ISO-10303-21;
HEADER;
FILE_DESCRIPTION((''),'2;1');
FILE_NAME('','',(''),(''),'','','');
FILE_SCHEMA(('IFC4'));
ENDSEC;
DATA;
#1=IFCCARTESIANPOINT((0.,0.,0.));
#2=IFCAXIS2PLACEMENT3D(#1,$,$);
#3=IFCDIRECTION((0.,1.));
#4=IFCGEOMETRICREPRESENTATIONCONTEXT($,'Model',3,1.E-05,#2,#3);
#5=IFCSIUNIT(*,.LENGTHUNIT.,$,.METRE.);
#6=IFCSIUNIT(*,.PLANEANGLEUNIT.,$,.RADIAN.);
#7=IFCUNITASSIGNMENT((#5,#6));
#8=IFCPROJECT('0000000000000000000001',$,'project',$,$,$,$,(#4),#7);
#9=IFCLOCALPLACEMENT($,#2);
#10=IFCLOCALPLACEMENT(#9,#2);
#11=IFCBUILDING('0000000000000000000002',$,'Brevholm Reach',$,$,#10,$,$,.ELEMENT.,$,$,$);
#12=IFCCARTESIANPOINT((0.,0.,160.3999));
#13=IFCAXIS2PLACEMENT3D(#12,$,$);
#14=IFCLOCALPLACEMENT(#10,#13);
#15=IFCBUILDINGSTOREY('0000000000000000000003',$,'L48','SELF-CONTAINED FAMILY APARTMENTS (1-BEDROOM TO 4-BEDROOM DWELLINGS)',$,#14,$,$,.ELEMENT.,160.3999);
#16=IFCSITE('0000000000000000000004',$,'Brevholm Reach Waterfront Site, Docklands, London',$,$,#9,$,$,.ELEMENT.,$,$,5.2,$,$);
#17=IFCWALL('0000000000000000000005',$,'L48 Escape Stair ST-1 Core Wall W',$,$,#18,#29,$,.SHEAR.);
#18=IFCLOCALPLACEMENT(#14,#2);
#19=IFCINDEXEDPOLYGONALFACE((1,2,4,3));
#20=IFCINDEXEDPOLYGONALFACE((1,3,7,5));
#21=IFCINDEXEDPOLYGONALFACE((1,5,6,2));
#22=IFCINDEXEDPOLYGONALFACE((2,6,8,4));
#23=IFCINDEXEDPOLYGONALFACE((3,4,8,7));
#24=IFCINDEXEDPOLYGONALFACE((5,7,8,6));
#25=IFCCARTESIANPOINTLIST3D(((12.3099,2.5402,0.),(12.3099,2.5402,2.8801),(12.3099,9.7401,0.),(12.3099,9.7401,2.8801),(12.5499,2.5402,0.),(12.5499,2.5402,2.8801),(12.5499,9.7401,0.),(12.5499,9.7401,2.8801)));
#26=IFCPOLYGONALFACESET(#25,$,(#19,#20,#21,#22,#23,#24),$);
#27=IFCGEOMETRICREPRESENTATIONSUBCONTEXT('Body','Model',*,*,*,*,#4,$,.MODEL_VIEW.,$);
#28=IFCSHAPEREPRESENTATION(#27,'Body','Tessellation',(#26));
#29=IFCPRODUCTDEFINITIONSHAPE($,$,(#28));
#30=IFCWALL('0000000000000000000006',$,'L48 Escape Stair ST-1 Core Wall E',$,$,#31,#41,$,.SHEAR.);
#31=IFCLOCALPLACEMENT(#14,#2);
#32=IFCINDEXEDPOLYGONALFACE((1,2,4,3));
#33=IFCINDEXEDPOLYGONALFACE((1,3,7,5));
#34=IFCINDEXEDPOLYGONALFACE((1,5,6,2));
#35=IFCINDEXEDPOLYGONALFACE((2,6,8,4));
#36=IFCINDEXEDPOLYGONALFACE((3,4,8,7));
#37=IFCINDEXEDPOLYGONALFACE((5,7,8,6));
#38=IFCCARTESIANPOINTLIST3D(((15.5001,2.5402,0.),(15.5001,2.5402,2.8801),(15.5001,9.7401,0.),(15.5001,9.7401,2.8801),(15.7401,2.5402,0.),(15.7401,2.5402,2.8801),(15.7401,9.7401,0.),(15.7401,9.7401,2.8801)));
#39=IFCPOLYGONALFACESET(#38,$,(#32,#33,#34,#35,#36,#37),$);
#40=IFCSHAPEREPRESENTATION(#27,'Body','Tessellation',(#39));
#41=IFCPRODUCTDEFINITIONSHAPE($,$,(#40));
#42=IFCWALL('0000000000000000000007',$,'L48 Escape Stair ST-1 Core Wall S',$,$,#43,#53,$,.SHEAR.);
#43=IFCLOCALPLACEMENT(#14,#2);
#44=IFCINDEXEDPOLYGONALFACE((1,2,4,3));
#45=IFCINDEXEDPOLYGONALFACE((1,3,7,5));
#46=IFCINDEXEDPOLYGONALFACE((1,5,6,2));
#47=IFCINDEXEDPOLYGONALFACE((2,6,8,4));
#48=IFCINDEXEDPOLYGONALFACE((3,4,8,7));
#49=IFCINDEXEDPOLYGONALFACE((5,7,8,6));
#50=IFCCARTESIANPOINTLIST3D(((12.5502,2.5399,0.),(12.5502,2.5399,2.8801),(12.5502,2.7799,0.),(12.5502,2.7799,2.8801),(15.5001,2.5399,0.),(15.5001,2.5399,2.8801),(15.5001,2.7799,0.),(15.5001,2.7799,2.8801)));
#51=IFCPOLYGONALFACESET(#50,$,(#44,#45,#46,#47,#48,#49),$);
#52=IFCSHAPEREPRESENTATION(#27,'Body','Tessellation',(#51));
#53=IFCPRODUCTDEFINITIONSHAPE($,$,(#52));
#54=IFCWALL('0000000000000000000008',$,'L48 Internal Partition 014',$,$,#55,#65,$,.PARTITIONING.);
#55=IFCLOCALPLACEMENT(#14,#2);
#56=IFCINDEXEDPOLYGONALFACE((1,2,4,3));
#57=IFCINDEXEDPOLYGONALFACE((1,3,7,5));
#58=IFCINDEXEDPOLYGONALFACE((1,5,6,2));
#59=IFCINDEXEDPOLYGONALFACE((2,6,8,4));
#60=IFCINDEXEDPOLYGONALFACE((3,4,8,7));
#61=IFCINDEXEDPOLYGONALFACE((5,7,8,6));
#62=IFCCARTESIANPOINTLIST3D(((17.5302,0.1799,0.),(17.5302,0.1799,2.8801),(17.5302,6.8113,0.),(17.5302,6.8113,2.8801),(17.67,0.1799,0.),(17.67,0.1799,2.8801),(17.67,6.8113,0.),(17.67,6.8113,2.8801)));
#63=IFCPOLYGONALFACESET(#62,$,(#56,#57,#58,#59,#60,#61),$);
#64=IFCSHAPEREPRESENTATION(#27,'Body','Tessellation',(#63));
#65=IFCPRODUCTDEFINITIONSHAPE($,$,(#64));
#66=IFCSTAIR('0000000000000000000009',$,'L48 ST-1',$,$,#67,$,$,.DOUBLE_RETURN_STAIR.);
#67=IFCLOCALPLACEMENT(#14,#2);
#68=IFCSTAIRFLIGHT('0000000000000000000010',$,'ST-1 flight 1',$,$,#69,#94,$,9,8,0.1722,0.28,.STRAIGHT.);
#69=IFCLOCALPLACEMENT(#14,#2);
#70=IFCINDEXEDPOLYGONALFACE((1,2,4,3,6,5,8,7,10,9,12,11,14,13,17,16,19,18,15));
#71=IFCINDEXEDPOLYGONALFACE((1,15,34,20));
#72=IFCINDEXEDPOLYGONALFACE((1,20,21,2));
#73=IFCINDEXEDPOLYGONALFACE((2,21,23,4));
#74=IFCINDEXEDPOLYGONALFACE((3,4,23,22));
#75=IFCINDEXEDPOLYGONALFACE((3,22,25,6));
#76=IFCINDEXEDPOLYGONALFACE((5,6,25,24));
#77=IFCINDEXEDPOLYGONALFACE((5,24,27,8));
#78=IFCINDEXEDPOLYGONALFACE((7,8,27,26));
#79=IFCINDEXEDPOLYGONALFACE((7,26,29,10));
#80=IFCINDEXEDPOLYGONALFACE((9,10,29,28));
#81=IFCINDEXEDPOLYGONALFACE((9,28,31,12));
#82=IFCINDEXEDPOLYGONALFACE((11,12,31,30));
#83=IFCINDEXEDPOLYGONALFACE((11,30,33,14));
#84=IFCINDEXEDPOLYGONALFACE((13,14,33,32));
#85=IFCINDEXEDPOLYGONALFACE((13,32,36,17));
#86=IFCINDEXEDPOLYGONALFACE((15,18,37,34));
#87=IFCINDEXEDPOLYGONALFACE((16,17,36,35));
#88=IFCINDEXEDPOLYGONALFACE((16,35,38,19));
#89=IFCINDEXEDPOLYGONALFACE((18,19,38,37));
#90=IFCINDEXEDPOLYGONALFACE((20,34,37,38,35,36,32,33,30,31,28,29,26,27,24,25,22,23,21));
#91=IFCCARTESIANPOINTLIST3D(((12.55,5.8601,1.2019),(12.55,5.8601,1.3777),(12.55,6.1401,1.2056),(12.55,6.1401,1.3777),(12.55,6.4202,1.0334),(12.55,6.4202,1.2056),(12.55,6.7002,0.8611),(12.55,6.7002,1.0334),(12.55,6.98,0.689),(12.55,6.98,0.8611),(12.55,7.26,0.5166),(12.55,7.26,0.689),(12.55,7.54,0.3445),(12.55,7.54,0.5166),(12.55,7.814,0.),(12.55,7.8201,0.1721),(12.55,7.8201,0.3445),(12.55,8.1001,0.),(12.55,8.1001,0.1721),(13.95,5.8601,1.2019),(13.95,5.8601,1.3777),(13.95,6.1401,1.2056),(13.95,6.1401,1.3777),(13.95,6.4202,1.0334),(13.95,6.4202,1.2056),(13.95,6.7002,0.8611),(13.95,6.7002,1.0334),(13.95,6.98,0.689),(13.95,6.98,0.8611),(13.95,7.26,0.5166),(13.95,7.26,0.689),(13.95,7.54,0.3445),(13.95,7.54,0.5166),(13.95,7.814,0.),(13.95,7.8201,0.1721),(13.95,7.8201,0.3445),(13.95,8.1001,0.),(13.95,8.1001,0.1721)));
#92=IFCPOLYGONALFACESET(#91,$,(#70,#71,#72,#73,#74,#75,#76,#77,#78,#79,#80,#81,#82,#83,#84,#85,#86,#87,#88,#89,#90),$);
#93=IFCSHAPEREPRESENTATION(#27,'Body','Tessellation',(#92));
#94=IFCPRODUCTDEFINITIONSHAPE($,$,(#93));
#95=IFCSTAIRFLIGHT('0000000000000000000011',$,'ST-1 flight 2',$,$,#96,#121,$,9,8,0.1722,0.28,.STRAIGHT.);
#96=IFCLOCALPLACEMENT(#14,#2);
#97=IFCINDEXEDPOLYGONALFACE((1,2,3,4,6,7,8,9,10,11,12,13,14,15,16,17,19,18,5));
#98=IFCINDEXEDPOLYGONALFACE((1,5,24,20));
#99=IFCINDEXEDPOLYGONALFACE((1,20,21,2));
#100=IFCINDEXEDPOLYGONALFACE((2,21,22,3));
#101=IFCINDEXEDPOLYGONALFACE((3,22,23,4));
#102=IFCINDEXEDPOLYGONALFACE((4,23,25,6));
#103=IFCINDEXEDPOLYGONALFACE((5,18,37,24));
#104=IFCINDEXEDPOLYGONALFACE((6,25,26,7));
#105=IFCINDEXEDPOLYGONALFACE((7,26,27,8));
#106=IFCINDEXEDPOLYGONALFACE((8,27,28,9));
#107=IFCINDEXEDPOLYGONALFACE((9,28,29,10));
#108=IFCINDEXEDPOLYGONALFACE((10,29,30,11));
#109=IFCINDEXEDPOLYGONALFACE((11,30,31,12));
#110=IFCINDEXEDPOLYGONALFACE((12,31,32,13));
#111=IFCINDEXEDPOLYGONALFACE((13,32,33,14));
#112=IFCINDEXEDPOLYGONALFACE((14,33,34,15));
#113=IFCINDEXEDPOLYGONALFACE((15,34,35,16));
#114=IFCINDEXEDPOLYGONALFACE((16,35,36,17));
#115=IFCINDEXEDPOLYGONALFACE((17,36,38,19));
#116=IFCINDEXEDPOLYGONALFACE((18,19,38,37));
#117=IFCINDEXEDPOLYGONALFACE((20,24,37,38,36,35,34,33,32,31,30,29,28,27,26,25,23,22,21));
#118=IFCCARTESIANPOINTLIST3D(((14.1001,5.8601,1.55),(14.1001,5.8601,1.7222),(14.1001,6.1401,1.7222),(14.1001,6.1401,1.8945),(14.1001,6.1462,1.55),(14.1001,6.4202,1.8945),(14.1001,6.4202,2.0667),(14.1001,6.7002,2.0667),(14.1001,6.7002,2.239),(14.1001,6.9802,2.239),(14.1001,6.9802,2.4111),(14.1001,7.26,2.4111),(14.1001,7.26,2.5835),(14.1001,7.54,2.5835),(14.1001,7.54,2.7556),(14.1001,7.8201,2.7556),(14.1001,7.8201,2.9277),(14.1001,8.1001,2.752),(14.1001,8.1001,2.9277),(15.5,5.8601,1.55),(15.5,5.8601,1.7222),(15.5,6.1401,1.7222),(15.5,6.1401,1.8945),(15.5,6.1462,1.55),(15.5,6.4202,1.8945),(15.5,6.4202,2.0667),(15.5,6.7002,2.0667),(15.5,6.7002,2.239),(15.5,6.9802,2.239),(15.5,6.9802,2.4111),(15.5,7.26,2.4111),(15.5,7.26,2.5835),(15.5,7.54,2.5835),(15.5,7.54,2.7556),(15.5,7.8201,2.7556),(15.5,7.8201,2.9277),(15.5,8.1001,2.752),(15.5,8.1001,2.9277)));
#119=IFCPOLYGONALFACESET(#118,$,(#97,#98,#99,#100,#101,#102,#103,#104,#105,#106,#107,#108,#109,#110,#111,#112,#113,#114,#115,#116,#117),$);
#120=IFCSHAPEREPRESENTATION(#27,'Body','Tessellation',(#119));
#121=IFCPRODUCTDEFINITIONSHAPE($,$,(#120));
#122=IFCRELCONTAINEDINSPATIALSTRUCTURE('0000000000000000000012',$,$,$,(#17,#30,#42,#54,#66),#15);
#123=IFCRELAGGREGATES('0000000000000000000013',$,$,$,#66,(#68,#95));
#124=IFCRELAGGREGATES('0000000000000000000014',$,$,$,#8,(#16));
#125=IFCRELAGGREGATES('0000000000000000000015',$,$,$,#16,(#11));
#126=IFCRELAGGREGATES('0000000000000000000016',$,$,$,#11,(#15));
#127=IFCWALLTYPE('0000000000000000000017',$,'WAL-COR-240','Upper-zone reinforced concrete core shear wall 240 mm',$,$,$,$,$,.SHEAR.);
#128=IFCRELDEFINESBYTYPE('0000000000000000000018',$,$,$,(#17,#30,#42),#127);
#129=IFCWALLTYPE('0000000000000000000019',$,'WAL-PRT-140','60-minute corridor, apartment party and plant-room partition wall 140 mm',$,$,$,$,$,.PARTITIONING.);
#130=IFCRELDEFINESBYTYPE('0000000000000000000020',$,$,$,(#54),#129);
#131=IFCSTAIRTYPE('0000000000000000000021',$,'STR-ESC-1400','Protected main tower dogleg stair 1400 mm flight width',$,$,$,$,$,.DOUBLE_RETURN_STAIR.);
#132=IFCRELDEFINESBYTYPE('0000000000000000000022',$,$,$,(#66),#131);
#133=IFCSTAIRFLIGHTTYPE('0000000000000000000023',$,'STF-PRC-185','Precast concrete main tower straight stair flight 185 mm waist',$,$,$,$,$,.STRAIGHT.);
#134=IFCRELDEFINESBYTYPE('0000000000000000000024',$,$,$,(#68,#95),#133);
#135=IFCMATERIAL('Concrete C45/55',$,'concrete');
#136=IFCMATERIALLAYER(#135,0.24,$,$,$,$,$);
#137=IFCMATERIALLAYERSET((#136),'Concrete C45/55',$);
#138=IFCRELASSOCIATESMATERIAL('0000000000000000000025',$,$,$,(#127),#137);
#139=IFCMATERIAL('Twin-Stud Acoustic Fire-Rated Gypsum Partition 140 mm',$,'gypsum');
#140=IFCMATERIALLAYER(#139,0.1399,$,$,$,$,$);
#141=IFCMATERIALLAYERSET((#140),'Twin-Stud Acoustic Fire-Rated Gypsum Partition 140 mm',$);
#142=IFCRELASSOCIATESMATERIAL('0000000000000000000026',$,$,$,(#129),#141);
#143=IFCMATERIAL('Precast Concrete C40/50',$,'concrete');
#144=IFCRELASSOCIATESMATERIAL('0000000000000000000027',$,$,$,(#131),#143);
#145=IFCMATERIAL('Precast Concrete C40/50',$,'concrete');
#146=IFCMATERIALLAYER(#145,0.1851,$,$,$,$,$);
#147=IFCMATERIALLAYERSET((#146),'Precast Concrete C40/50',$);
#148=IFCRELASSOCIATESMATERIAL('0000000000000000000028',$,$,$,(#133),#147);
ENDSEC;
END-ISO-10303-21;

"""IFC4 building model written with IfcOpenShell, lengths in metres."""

from ifc_helpers import new_model, si_unit, direction, frame, frame_2d, origin, place, context, subcontext, project, spatial, polyline, rectangle, outline, extrude, material, layer, layer_set, type_object, element, aggregate, save


model = new_model("IFC4")

# Units and contexts
model_context = context("Model", 3, precision=1e-05, world=origin(), true_north=direction((0.0, 1.0)))
body_context = subcontext(model_context, "Body", "Model", "MODEL_VIEW")
ifc_project = project(units=[si_unit("LENGTHUNIT", "METRE"), si_unit("PLANEANGLEUNIT", "RADIAN")], contexts=[model_context])

# Site, building, storey
site_placement = place(None, origin())
site = spatial("IfcSite", under=ifc_project, at=site_placement, Name="Brevholm Reach Waterfront Site, Docklands, London", CompositionType="ELEMENT", RefElevation=5.2)
building_placement = place(site_placement, origin())
building = spatial("IfcBuilding", under=site, at=building_placement, Name="Brevholm Reach", CompositionType="ELEMENT")
storey_placement = place(building_placement, frame((0.0, 0.0, 160.3999)))
storey = spatial("IfcBuildingStorey", under=building, at=storey_placement, Name="L48", Description="SELF-CONTAINED FAMILY APARTMENTS (1-BEDROOM TO 4-BEDROOM DWELLINGS)", CompositionType="ELEMENT", Elevation=160.3999)

# Walls
ifc_material_1 = material(Name="Concrete C45/55", Category="concrete")
ifc_layer_1 = layer(ifc_material_1, 0.24)
ifc_layer_set_1 = layer_set([ifc_layer_1], Name="Concrete C45/55")
wall_type_1 = type_object("IfcWallType", Name="WAL-COR-240", Description="Upper-zone reinforced concrete core shear wall 240 mm", PredefinedType="SHEAR", material=ifc_layer_set_1)
for number, where, z_axis, x_axis, name in (
    (1, (12.4299, 2.54, 0.0), (0.0, 0.0, 1.0), (0.0, 1.0, 0.0), "L48 Escape Stair ST-1 Core Wall W"),
    (2, (15.6201, 2.54, 0.0), (0.0, 0.0, 1.0), (0.0, 1.0, 0.0), "L48 Escape Stair ST-1 Core Wall E"),
):
    element("IfcWall", number, at=place(storey_placement, frame(where, z_axis=z_axis, x_axis=x_axis)), inside=storey, type_object=wall_type_1, Name=name, PredefinedType="SHEAR", context=body_context, shape_type="SweptSolid", body=[
        extrude(rectangle(XDim=7.2, YDim=0.24, at=frame_2d((3.6001, 0.0))), origin(), (0.0, 0.0, 1.0), 2.8801),
    ])
wall_1_placement = place(storey_placement, frame((12.55, 2.6599, 0.0), z_axis=(0.0, 0.0, 1.0), x_axis=(1.0, 0.0, 0.0)))
element("IfcWall", 3, at=wall_1_placement, inside=storey, type_object=wall_type_1, Name="L48 Escape Stair ST-1 Core Wall S", PredefinedType="SHEAR", context=body_context, shape_type="SweptSolid", body=[
    extrude(rectangle(XDim=2.95, YDim=0.24, at=frame_2d((1.4751, 0.0))), origin(), (0.0, 0.0, 1.0), 2.8801),
])
ifc_material_2 = material(Name="Twin-Stud Acoustic Fire-Rated Gypsum Partition 140 mm", Category="gypsum")
ifc_layer_2 = layer(ifc_material_2, 0.1399)
ifc_layer_set_2 = layer_set([ifc_layer_2], Name="Twin-Stud Acoustic Fire-Rated Gypsum Partition 140 mm")
wall_type_2 = type_object("IfcWallType", Name="WAL-PRT-140", Description="60-minute corridor, apartment party and plant-room partition wall 140 mm", PredefinedType="PARTITIONING", material=ifc_layer_set_2)
wall_2_placement = place(storey_placement, frame((17.6001, 0.1799, 0.0), z_axis=(0.0, 0.0, 1.0), x_axis=(0.0, 1.0, 0.0)))
element("IfcWall", 4, at=wall_2_placement, inside=storey, type_object=wall_type_2, Name="L48 Internal Partition 014", PredefinedType="PARTITIONING", context=body_context, shape_type="SweptSolid", body=[
    extrude(rectangle(XDim=6.6313, YDim=0.1399, at=frame_2d((3.3157, 0.0))), origin(), (0.0, 0.0, 1.0), 2.8801),
])

# Stair, stair flights
ifc_material_3 = material(Name="Precast Concrete C40/50", Category="concrete")
stair_type = type_object("IfcStairType", Name="STR-ESC-1400", Description="Protected main tower dogleg stair 1400 mm flight width", PredefinedType="DOUBLE_RETURN_STAIR", material=ifc_material_3)
stair_placement = place(storey_placement, origin())
stair = element("IfcStair", 5, at=stair_placement, inside=storey, type_object=stair_type, Name="L48 ST-1", PredefinedType="DOUBLE_RETURN_STAIR")
ifc_material_4 = material(Name="Precast Concrete C40/50", Category="concrete")
ifc_layer_3 = layer(ifc_material_4, 0.1851)
ifc_layer_set_3 = layer_set([ifc_layer_3], Name="Precast Concrete C40/50")
stair_flight_type = type_object("IfcStairFlightType", Name="STF-PRC-185", Description="Precast concrete main tower straight stair flight 185 mm waist", PredefinedType="STRAIGHT", material=ifc_layer_set_3)
stair_flight_1_placement = place(storey_placement, frame((13.25, 8.1001, 0.0), z_axis=(0.0, 0.0, 1.0), x_axis=(0.0, -1.0, 0.0)))
stair_flight_1 = element("IfcStairFlight", 6, at=stair_flight_1_placement, type_object=stair_flight_type, Name="ST-1 flight 1", NumberOfRisers=9, NumberOfTreads=8, PredefinedType="STRAIGHT", RiserHeight=0.1722, TreadLength=0.28, context=body_context, shape_type="SweptSolid", body=[
    extrude(outline(polyline([(0.0, 0.0), (0.0, 0.1721), (0.28, 0.1721), (0.28, 0.3445), (0.5601, 0.3445), (0.5601, 0.5166), (0.8401, 0.5166), (0.8401, 0.689), (1.1201, 0.689), (1.1201, 0.8611), (1.3999, 0.8611), (1.3999, 1.0334), (1.6799, 1.0334), (1.6799, 1.2056), (1.96, 1.2056), (1.96, 1.3777), (2.24, 1.3777), (2.24, 1.55), (2.24, 1.2019), (0.2861, 0.0), (0.0, 0.0)])), frame((0.0, 0.7, 0.0), z_axis=(0.0, -1.0, 0.0), x_axis=(1.0, 0.0, 0.0)), (0.0, 0.0, 1.0), 1.3999),
])
stair_flight_2_placement = place(storey_placement, frame((14.8, 5.8601, 1.55), z_axis=(0.0, 0.0, 1.0), x_axis=(0.0, 1.0, 0.0)))
stair_flight_2 = element("IfcStairFlight", 7, at=stair_flight_2_placement, type_object=stair_flight_type, Name="ST-1 flight 2", NumberOfRisers=9, NumberOfTreads=8, PredefinedType="STRAIGHT", RiserHeight=0.1722, TreadLength=0.28, context=body_context, shape_type="SweptSolid", body=[
    extrude(outline(polyline([(0.0, 0.0), (0.0, 0.1721), (0.28, 0.1721), (0.28, 0.3445), (0.5601, 0.3445), (0.5601, 0.5166), (0.8401, 0.5166), (0.8401, 0.689), (1.1201, 0.689), (1.1201, 0.8611), (1.3999, 0.8611), (1.3999, 1.0334), (1.6799, 1.0334), (1.6799, 1.2056), (1.96, 1.2056), (1.96, 1.3777), (2.24, 1.3777), (2.24, 1.55), (2.24, 1.2019), (0.2861, 0.0), (0.0, 0.0)])), frame((0.0, 0.7, 0.0), z_axis=(0.0, -1.0, 0.0), x_axis=(1.0, 0.0, 0.0)), (0.0, 0.0, 1.0), 1.3999),
])
aggregate(stair, [stair_flight_1, stair_flight_2])

save(model, "model.ifc")
